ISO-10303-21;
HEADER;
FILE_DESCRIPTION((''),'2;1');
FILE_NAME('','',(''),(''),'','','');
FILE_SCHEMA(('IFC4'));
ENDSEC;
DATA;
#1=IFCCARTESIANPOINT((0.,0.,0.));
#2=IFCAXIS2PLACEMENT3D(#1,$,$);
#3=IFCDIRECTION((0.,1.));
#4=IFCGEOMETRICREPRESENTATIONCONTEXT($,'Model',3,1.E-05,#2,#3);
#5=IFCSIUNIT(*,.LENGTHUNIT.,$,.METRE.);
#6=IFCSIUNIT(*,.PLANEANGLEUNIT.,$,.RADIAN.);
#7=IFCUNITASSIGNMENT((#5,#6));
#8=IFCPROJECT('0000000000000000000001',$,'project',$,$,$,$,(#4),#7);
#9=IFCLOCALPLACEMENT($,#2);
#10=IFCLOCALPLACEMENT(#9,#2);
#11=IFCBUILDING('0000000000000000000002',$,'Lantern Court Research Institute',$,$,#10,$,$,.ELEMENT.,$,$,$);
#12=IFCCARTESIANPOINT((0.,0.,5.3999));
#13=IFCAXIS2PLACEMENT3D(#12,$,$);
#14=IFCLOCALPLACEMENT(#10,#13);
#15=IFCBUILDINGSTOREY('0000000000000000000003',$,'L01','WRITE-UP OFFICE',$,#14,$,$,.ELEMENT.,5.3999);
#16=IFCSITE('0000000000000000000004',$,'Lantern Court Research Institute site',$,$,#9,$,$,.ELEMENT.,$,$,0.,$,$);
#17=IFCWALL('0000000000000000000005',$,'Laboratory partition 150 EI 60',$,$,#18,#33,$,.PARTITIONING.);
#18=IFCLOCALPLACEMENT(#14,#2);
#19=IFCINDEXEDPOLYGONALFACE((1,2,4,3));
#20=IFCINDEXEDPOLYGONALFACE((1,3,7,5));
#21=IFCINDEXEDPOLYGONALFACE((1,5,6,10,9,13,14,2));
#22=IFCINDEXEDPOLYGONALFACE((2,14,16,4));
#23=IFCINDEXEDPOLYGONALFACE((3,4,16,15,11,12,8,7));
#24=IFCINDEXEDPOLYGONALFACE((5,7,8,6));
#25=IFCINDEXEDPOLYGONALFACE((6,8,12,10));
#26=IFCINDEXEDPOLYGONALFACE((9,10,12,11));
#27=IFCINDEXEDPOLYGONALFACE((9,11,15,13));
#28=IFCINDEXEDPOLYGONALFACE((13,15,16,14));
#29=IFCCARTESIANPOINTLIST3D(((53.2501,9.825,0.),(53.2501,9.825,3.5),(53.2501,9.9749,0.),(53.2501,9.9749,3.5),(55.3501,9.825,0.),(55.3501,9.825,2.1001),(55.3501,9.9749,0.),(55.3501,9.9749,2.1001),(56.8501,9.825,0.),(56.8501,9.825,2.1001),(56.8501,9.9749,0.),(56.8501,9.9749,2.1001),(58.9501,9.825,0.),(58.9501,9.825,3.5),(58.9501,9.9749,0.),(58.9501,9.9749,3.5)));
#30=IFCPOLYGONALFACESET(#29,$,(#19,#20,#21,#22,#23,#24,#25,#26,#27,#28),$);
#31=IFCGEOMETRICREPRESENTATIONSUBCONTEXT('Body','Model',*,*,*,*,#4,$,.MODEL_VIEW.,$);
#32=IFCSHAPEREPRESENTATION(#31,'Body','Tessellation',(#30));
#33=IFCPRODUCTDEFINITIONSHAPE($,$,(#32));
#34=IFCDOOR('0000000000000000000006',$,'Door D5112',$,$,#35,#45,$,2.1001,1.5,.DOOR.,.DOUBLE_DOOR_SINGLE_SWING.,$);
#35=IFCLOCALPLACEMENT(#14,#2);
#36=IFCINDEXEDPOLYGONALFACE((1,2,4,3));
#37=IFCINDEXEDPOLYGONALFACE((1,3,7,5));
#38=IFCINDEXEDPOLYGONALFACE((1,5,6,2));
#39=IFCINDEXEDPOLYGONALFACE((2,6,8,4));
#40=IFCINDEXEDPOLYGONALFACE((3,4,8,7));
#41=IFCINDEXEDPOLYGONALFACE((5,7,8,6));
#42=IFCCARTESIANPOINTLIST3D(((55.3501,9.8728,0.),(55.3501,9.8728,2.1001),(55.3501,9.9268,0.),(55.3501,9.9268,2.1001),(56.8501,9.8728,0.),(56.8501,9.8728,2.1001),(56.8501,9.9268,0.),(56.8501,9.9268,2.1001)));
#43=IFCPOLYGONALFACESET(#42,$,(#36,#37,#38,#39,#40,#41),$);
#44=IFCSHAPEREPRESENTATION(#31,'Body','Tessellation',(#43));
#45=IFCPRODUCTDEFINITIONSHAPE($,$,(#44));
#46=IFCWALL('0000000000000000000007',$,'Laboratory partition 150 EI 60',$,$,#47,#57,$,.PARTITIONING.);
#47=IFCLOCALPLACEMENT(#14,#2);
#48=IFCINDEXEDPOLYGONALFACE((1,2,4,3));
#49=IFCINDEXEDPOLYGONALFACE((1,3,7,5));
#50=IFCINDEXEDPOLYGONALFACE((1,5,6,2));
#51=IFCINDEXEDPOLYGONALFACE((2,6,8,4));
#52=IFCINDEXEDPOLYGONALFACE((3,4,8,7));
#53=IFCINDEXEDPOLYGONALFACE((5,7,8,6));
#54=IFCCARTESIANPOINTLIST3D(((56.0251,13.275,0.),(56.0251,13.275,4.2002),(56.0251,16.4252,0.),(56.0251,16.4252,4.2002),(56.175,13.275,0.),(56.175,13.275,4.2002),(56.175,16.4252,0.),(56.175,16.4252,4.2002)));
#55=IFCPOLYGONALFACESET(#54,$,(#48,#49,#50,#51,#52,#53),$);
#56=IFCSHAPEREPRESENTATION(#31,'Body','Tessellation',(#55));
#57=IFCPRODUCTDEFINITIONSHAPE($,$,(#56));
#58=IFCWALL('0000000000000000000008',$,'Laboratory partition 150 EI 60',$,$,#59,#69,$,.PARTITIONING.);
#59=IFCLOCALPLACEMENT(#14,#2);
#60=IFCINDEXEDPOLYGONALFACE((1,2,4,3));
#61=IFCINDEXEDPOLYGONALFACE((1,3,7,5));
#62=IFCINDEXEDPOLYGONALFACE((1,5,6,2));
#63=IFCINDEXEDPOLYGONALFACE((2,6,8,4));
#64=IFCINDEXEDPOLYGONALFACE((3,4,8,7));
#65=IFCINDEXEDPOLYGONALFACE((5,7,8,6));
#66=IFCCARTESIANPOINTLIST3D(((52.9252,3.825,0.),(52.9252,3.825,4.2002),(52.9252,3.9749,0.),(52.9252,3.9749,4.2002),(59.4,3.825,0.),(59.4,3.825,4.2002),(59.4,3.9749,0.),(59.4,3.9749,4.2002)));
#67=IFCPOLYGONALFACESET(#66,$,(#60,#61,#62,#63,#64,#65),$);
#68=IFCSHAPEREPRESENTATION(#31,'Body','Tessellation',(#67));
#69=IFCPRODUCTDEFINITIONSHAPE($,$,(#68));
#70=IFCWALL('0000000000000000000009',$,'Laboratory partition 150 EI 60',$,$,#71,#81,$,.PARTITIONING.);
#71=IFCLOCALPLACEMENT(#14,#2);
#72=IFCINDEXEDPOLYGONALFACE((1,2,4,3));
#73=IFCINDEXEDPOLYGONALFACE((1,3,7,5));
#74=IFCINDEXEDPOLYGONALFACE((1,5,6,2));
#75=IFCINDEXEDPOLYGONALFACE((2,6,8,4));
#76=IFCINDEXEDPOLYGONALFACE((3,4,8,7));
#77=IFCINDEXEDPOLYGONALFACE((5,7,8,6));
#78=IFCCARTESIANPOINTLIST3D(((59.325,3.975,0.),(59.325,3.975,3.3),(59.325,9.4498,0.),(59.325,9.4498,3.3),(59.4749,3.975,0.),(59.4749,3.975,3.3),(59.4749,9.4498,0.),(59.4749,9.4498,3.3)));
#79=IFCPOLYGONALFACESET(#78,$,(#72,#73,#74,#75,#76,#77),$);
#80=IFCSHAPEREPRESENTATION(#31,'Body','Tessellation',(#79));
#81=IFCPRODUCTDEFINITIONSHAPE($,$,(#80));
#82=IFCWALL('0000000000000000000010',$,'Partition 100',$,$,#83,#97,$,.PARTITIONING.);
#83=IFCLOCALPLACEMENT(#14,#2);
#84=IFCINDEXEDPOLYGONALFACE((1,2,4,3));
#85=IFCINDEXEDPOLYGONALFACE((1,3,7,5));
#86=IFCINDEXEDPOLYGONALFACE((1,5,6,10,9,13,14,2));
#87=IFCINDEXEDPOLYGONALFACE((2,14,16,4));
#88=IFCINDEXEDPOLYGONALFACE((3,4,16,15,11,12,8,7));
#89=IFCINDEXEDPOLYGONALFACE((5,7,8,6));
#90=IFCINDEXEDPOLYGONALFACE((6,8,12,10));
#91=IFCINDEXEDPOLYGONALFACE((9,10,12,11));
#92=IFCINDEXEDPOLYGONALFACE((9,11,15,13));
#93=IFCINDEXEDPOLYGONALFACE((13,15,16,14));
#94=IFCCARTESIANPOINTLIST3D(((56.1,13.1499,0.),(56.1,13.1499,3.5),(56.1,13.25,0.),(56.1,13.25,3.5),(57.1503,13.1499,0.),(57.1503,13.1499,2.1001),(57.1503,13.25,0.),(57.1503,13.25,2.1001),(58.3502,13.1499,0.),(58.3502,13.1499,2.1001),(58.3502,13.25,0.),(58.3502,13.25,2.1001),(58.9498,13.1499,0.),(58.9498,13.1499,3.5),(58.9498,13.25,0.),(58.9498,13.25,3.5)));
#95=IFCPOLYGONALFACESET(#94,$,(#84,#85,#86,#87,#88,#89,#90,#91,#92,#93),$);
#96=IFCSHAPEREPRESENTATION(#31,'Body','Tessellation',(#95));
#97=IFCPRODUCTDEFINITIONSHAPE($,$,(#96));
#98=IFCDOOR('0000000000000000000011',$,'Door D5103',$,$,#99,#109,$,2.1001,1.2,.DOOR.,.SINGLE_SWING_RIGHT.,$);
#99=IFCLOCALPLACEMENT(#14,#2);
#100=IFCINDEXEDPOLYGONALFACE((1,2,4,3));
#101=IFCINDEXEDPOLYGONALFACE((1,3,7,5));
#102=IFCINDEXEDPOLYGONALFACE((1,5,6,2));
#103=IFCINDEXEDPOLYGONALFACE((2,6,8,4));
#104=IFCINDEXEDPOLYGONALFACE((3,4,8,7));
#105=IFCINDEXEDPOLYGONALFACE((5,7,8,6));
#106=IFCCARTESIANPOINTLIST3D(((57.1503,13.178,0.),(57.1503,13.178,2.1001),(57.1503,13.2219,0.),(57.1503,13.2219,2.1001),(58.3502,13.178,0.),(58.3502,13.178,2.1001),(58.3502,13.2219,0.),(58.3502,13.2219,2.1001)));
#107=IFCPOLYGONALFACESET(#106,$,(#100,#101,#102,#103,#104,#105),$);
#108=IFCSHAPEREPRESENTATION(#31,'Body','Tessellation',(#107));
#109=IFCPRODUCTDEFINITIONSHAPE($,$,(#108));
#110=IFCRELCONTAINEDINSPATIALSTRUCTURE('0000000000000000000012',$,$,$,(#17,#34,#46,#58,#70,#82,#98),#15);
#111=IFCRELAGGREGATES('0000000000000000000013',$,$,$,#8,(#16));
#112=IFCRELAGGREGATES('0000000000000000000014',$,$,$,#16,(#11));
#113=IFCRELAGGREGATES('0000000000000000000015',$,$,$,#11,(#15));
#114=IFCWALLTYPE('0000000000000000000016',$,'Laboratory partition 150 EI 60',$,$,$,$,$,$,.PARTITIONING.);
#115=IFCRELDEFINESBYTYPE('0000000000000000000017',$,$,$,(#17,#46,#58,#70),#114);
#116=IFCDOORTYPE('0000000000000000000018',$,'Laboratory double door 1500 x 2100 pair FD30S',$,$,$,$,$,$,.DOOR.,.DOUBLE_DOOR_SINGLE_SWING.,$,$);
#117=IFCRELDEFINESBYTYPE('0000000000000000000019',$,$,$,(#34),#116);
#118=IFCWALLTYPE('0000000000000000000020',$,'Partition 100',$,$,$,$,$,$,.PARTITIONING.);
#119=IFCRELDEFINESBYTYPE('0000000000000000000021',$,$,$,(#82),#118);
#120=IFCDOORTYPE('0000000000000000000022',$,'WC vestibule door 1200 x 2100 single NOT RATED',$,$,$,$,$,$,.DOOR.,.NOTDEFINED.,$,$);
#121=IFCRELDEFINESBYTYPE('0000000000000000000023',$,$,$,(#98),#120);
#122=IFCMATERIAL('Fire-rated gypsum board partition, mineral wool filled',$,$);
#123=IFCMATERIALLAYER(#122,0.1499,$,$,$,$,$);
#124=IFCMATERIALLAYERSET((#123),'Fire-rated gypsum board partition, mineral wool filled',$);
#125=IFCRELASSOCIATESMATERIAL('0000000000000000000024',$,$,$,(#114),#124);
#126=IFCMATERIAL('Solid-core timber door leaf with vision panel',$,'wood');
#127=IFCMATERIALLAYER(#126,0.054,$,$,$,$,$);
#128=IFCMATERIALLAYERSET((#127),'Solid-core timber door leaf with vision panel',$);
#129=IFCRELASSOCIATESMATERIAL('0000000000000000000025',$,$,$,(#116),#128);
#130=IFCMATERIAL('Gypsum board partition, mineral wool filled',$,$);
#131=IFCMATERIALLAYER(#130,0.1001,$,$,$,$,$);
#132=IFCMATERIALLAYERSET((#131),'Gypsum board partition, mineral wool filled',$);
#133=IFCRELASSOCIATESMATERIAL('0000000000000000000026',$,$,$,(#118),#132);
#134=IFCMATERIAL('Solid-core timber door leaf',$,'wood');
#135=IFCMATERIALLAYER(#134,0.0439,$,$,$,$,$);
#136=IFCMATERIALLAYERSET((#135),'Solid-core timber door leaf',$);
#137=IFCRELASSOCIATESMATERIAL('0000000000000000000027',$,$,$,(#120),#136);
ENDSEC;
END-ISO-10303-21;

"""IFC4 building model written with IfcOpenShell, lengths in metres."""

from ifc_helpers import new_model, si_unit, direction, frame, frame_2d, origin, place, context, subcontext, project, spatial, rectangle, extrude, material, layer, layer_set, type_object, element, fill, save


model = new_model("IFC4")

# Units and contexts
model_context = context("Model", 3, precision=1e-05, world=origin(), true_north=direction((0.0, 1.0)))
body_context = subcontext(model_context, "Body", "Model", "MODEL_VIEW")
ifc_project = project(units=[si_unit("LENGTHUNIT", "METRE"), si_unit("PLANEANGLEUNIT", "RADIAN")], contexts=[model_context])

# Site, building, storey
site_placement = place(None, origin())
site = spatial("IfcSite", under=ifc_project, at=site_placement, Name="Lantern Court Research Institute site", CompositionType="ELEMENT", RefElevation=0.0)
building_placement = place(site_placement, origin())
building = spatial("IfcBuilding", under=site, at=building_placement, Name="Lantern Court Research Institute", CompositionType="ELEMENT")
storey_placement = place(building_placement, frame((0.0, 0.0, 5.3999)))
storey = spatial("IfcBuildingStorey", under=building, at=storey_placement, Name="L01", Description="WRITE-UP OFFICE", CompositionType="ELEMENT", Elevation=5.3999)

# Wall, opening, door
ifc_material_1 = material(Name="Fire-rated gypsum board partition, mineral wool filled")
ifc_layer_1 = layer(ifc_material_1, 0.1499)
ifc_layer_set_1 = layer_set([ifc_layer_1], Name="Fire-rated gypsum board partition, mineral wool filled")
wall_type_1 = type_object("IfcWallType", Name="Laboratory partition 150 EI 60", PredefinedType="PARTITIONING", material=ifc_layer_set_1)
wall_1_placement = place(storey_placement, frame((53.25, 9.8999, 0.0), z_axis=(0.0, 0.0, 1.0), x_axis=(1.0, 0.0, 0.0)))
wall_1 = element("IfcWall", 1, at=wall_1_placement, inside=storey, type_object=wall_type_1, Name="Laboratory partition 150 EI 60", PredefinedType="PARTITIONING", context=body_context, shape_type="SweptSolid", body=[
    extrude(rectangle(XDim=5.7, YDim=0.1499, at=frame_2d((2.8501, 0.0))), origin(), (0.0, 0.0, 1.0), 3.5),
])
opening_1_placement = place(wall_1_placement, frame((2.1001, 0.0, 0.0)))
opening_1 = element("IfcOpeningElement", 2, at=opening_1_placement, cuts=wall_1, PredefinedType="OPENING", context=body_context, shape_type="SweptSolid", body=[
    extrude(rectangle(XDim=1.5, YDim=2.1001, at=frame_2d((0.75, 1.05))), frame((0.0, 0.085, 0.0), z_axis=(0.0, -1.0, 0.0), x_axis=(1.0, 0.0, 0.0)), (0.0, 0.0, 1.0), 0.1699),
])
ifc_material_2 = material(Name="Solid-core timber door leaf with vision panel", Category="wood")
ifc_layer_2 = layer(ifc_material_2, 0.054)
ifc_layer_set_2 = layer_set([ifc_layer_2], Name="Solid-core timber door leaf with vision panel")
door_type_1 = type_object("IfcDoorType", Name="Laboratory double door 1500 x 2100 pair FD30S", OperationType="DOUBLE_DOOR_SINGLE_SWING", PredefinedType="DOOR", material=ifc_layer_set_2)
door_1_placement = place(opening_1_placement, origin())
door_1 = element("IfcDoor", 3, at=door_1_placement, inside=storey, type_object=door_type_1, Name="Door D5112", OperationType="DOUBLE_DOOR_SINGLE_SWING", OverallHeight=2.1001, OverallWidth=1.5, PredefinedType="DOOR", context=body_context, shape_type="SweptSolid", body=[
    extrude(rectangle(XDim=1.5, YDim=2.1001, at=frame_2d((0.75, 1.05))), frame((0.0, 0.0269, 0.0), z_axis=(0.0, -1.0, 0.0), x_axis=(1.0, 0.0, 0.0)), (0.0, 0.0, 1.0), 0.054),
])
fill(opening_1, door_1)

# Walls
wall_2_placement = place(storey_placement, frame((56.1001, 13.2749, 0.0), z_axis=(0.0, 0.0, 1.0), x_axis=(0.0, 1.0, 0.0)))
element("IfcWall", 4, at=wall_2_placement, inside=storey, type_object=wall_type_1, Name="Laboratory partition 150 EI 60", PredefinedType="PARTITIONING", context=body_context, shape_type="SweptSolid", body=[
    extrude(rectangle(XDim=3.1501, YDim=0.1499, at=frame_2d((1.5752, 0.0))), origin(), (0.0, 0.0, 1.0), 4.2002),
])
wall_3_placement = place(storey_placement, frame((59.3999, 3.8999, 0.0), z_axis=(0.0, 0.0, 1.0), x_axis=(-1.0, 0.0, 0.0)))
element("IfcWall", 5, at=wall_3_placement, inside=storey, type_object=wall_type_1, Name="Laboratory partition 150 EI 60", PredefinedType="PARTITIONING", context=body_context, shape_type="SweptSolid", body=[
    extrude(rectangle(XDim=6.4749, YDim=0.1499, at=frame_2d((3.2373, 0.0))), origin(), (0.0, 0.0, 1.0), 4.2002),
])
wall_4_placement = place(storey_placement, frame((59.3999, 3.9751, 0.0), z_axis=(0.0, 0.0, 1.0), x_axis=(0.0, 1.0, 0.0)))
element("IfcWall", 6, at=wall_4_placement, inside=storey, type_object=wall_type_1, Name="Laboratory partition 150 EI 60", PredefinedType="PARTITIONING", context=body_context, shape_type="SweptSolid", body=[
    extrude(rectangle(XDim=5.4749, YDim=0.1499, at=frame_2d((2.7373, 0.0))), origin(), (0.0, 0.0, 1.0), 3.3),
])

# Wall, opening, door
ifc_material_3 = material(Name="Gypsum board partition, mineral wool filled")
ifc_layer_3 = layer(ifc_material_3, 0.1001)
ifc_layer_set_3 = layer_set([ifc_layer_3], Name="Gypsum board partition, mineral wool filled")
wall_type_2 = type_object("IfcWallType", Name="Partition 100", PredefinedType="PARTITIONING", material=ifc_layer_set_3)
wall_5_placement = place(storey_placement, frame((56.1001, 13.2, 0.0), z_axis=(0.0, 0.0, 1.0), x_axis=(1.0, 0.0, 0.0)))
wall_5 = element("IfcWall", 7, at=wall_5_placement, inside=storey, type_object=wall_type_2, Name="Partition 100", PredefinedType="PARTITIONING", context=body_context, shape_type="SweptSolid", body=[
    extrude(rectangle(XDim=2.8499, YDim=0.1001, at=frame_2d((1.4248, 0.0))), origin(), (0.0, 0.0, 1.0), 3.5),
])
opening_2_placement = place(wall_5_placement, frame((1.05, 0.0, 0.0)))
opening_2 = element("IfcOpeningElement", 8, at=opening_2_placement, cuts=wall_5, PredefinedType="OPENING", context=body_context, shape_type="SweptSolid", body=[
    extrude(rectangle(XDim=1.2, YDim=2.1001, at=frame_2d((0.6001, 1.05))), frame((0.0, 0.0601, 0.0), z_axis=(0.0, -1.0, 0.0), x_axis=(1.0, 0.0, 0.0)), (0.0, 0.0, 1.0), 0.1201),
])
ifc_material_4 = material(Name="Solid-core timber door leaf", Category="wood")
ifc_layer_4 = layer(ifc_material_4, 0.0439)
ifc_layer_set_4 = layer_set([ifc_layer_4], Name="Solid-core timber door leaf")
door_type_2 = type_object("IfcDoorType", Name="WC vestibule door 1200 x 2100 single NOT RATED", OperationType="NOTDEFINED", PredefinedType="DOOR", material=ifc_layer_set_4)
door_2_placement = place(opening_2_placement, origin())
door_2 = element("IfcDoor", 9, at=door_2_placement, inside=storey, type_object=door_type_2, Name="Door D5103", OperationType="SINGLE_SWING_RIGHT", OverallHeight=2.1001, OverallWidth=1.2, PredefinedType="DOOR", context=body_context, shape_type="SweptSolid", body=[
    extrude(rectangle(XDim=1.2, YDim=2.1001, at=frame_2d((0.6001, 1.05))), frame((0.0, 0.022, 0.0), z_axis=(0.0, -1.0, 0.0), x_axis=(1.0, 0.0, 0.0)), (0.0, 0.0, 1.0), 0.0439),
])
fill(opening_2, door_2)

save(model, "model.ifc")
